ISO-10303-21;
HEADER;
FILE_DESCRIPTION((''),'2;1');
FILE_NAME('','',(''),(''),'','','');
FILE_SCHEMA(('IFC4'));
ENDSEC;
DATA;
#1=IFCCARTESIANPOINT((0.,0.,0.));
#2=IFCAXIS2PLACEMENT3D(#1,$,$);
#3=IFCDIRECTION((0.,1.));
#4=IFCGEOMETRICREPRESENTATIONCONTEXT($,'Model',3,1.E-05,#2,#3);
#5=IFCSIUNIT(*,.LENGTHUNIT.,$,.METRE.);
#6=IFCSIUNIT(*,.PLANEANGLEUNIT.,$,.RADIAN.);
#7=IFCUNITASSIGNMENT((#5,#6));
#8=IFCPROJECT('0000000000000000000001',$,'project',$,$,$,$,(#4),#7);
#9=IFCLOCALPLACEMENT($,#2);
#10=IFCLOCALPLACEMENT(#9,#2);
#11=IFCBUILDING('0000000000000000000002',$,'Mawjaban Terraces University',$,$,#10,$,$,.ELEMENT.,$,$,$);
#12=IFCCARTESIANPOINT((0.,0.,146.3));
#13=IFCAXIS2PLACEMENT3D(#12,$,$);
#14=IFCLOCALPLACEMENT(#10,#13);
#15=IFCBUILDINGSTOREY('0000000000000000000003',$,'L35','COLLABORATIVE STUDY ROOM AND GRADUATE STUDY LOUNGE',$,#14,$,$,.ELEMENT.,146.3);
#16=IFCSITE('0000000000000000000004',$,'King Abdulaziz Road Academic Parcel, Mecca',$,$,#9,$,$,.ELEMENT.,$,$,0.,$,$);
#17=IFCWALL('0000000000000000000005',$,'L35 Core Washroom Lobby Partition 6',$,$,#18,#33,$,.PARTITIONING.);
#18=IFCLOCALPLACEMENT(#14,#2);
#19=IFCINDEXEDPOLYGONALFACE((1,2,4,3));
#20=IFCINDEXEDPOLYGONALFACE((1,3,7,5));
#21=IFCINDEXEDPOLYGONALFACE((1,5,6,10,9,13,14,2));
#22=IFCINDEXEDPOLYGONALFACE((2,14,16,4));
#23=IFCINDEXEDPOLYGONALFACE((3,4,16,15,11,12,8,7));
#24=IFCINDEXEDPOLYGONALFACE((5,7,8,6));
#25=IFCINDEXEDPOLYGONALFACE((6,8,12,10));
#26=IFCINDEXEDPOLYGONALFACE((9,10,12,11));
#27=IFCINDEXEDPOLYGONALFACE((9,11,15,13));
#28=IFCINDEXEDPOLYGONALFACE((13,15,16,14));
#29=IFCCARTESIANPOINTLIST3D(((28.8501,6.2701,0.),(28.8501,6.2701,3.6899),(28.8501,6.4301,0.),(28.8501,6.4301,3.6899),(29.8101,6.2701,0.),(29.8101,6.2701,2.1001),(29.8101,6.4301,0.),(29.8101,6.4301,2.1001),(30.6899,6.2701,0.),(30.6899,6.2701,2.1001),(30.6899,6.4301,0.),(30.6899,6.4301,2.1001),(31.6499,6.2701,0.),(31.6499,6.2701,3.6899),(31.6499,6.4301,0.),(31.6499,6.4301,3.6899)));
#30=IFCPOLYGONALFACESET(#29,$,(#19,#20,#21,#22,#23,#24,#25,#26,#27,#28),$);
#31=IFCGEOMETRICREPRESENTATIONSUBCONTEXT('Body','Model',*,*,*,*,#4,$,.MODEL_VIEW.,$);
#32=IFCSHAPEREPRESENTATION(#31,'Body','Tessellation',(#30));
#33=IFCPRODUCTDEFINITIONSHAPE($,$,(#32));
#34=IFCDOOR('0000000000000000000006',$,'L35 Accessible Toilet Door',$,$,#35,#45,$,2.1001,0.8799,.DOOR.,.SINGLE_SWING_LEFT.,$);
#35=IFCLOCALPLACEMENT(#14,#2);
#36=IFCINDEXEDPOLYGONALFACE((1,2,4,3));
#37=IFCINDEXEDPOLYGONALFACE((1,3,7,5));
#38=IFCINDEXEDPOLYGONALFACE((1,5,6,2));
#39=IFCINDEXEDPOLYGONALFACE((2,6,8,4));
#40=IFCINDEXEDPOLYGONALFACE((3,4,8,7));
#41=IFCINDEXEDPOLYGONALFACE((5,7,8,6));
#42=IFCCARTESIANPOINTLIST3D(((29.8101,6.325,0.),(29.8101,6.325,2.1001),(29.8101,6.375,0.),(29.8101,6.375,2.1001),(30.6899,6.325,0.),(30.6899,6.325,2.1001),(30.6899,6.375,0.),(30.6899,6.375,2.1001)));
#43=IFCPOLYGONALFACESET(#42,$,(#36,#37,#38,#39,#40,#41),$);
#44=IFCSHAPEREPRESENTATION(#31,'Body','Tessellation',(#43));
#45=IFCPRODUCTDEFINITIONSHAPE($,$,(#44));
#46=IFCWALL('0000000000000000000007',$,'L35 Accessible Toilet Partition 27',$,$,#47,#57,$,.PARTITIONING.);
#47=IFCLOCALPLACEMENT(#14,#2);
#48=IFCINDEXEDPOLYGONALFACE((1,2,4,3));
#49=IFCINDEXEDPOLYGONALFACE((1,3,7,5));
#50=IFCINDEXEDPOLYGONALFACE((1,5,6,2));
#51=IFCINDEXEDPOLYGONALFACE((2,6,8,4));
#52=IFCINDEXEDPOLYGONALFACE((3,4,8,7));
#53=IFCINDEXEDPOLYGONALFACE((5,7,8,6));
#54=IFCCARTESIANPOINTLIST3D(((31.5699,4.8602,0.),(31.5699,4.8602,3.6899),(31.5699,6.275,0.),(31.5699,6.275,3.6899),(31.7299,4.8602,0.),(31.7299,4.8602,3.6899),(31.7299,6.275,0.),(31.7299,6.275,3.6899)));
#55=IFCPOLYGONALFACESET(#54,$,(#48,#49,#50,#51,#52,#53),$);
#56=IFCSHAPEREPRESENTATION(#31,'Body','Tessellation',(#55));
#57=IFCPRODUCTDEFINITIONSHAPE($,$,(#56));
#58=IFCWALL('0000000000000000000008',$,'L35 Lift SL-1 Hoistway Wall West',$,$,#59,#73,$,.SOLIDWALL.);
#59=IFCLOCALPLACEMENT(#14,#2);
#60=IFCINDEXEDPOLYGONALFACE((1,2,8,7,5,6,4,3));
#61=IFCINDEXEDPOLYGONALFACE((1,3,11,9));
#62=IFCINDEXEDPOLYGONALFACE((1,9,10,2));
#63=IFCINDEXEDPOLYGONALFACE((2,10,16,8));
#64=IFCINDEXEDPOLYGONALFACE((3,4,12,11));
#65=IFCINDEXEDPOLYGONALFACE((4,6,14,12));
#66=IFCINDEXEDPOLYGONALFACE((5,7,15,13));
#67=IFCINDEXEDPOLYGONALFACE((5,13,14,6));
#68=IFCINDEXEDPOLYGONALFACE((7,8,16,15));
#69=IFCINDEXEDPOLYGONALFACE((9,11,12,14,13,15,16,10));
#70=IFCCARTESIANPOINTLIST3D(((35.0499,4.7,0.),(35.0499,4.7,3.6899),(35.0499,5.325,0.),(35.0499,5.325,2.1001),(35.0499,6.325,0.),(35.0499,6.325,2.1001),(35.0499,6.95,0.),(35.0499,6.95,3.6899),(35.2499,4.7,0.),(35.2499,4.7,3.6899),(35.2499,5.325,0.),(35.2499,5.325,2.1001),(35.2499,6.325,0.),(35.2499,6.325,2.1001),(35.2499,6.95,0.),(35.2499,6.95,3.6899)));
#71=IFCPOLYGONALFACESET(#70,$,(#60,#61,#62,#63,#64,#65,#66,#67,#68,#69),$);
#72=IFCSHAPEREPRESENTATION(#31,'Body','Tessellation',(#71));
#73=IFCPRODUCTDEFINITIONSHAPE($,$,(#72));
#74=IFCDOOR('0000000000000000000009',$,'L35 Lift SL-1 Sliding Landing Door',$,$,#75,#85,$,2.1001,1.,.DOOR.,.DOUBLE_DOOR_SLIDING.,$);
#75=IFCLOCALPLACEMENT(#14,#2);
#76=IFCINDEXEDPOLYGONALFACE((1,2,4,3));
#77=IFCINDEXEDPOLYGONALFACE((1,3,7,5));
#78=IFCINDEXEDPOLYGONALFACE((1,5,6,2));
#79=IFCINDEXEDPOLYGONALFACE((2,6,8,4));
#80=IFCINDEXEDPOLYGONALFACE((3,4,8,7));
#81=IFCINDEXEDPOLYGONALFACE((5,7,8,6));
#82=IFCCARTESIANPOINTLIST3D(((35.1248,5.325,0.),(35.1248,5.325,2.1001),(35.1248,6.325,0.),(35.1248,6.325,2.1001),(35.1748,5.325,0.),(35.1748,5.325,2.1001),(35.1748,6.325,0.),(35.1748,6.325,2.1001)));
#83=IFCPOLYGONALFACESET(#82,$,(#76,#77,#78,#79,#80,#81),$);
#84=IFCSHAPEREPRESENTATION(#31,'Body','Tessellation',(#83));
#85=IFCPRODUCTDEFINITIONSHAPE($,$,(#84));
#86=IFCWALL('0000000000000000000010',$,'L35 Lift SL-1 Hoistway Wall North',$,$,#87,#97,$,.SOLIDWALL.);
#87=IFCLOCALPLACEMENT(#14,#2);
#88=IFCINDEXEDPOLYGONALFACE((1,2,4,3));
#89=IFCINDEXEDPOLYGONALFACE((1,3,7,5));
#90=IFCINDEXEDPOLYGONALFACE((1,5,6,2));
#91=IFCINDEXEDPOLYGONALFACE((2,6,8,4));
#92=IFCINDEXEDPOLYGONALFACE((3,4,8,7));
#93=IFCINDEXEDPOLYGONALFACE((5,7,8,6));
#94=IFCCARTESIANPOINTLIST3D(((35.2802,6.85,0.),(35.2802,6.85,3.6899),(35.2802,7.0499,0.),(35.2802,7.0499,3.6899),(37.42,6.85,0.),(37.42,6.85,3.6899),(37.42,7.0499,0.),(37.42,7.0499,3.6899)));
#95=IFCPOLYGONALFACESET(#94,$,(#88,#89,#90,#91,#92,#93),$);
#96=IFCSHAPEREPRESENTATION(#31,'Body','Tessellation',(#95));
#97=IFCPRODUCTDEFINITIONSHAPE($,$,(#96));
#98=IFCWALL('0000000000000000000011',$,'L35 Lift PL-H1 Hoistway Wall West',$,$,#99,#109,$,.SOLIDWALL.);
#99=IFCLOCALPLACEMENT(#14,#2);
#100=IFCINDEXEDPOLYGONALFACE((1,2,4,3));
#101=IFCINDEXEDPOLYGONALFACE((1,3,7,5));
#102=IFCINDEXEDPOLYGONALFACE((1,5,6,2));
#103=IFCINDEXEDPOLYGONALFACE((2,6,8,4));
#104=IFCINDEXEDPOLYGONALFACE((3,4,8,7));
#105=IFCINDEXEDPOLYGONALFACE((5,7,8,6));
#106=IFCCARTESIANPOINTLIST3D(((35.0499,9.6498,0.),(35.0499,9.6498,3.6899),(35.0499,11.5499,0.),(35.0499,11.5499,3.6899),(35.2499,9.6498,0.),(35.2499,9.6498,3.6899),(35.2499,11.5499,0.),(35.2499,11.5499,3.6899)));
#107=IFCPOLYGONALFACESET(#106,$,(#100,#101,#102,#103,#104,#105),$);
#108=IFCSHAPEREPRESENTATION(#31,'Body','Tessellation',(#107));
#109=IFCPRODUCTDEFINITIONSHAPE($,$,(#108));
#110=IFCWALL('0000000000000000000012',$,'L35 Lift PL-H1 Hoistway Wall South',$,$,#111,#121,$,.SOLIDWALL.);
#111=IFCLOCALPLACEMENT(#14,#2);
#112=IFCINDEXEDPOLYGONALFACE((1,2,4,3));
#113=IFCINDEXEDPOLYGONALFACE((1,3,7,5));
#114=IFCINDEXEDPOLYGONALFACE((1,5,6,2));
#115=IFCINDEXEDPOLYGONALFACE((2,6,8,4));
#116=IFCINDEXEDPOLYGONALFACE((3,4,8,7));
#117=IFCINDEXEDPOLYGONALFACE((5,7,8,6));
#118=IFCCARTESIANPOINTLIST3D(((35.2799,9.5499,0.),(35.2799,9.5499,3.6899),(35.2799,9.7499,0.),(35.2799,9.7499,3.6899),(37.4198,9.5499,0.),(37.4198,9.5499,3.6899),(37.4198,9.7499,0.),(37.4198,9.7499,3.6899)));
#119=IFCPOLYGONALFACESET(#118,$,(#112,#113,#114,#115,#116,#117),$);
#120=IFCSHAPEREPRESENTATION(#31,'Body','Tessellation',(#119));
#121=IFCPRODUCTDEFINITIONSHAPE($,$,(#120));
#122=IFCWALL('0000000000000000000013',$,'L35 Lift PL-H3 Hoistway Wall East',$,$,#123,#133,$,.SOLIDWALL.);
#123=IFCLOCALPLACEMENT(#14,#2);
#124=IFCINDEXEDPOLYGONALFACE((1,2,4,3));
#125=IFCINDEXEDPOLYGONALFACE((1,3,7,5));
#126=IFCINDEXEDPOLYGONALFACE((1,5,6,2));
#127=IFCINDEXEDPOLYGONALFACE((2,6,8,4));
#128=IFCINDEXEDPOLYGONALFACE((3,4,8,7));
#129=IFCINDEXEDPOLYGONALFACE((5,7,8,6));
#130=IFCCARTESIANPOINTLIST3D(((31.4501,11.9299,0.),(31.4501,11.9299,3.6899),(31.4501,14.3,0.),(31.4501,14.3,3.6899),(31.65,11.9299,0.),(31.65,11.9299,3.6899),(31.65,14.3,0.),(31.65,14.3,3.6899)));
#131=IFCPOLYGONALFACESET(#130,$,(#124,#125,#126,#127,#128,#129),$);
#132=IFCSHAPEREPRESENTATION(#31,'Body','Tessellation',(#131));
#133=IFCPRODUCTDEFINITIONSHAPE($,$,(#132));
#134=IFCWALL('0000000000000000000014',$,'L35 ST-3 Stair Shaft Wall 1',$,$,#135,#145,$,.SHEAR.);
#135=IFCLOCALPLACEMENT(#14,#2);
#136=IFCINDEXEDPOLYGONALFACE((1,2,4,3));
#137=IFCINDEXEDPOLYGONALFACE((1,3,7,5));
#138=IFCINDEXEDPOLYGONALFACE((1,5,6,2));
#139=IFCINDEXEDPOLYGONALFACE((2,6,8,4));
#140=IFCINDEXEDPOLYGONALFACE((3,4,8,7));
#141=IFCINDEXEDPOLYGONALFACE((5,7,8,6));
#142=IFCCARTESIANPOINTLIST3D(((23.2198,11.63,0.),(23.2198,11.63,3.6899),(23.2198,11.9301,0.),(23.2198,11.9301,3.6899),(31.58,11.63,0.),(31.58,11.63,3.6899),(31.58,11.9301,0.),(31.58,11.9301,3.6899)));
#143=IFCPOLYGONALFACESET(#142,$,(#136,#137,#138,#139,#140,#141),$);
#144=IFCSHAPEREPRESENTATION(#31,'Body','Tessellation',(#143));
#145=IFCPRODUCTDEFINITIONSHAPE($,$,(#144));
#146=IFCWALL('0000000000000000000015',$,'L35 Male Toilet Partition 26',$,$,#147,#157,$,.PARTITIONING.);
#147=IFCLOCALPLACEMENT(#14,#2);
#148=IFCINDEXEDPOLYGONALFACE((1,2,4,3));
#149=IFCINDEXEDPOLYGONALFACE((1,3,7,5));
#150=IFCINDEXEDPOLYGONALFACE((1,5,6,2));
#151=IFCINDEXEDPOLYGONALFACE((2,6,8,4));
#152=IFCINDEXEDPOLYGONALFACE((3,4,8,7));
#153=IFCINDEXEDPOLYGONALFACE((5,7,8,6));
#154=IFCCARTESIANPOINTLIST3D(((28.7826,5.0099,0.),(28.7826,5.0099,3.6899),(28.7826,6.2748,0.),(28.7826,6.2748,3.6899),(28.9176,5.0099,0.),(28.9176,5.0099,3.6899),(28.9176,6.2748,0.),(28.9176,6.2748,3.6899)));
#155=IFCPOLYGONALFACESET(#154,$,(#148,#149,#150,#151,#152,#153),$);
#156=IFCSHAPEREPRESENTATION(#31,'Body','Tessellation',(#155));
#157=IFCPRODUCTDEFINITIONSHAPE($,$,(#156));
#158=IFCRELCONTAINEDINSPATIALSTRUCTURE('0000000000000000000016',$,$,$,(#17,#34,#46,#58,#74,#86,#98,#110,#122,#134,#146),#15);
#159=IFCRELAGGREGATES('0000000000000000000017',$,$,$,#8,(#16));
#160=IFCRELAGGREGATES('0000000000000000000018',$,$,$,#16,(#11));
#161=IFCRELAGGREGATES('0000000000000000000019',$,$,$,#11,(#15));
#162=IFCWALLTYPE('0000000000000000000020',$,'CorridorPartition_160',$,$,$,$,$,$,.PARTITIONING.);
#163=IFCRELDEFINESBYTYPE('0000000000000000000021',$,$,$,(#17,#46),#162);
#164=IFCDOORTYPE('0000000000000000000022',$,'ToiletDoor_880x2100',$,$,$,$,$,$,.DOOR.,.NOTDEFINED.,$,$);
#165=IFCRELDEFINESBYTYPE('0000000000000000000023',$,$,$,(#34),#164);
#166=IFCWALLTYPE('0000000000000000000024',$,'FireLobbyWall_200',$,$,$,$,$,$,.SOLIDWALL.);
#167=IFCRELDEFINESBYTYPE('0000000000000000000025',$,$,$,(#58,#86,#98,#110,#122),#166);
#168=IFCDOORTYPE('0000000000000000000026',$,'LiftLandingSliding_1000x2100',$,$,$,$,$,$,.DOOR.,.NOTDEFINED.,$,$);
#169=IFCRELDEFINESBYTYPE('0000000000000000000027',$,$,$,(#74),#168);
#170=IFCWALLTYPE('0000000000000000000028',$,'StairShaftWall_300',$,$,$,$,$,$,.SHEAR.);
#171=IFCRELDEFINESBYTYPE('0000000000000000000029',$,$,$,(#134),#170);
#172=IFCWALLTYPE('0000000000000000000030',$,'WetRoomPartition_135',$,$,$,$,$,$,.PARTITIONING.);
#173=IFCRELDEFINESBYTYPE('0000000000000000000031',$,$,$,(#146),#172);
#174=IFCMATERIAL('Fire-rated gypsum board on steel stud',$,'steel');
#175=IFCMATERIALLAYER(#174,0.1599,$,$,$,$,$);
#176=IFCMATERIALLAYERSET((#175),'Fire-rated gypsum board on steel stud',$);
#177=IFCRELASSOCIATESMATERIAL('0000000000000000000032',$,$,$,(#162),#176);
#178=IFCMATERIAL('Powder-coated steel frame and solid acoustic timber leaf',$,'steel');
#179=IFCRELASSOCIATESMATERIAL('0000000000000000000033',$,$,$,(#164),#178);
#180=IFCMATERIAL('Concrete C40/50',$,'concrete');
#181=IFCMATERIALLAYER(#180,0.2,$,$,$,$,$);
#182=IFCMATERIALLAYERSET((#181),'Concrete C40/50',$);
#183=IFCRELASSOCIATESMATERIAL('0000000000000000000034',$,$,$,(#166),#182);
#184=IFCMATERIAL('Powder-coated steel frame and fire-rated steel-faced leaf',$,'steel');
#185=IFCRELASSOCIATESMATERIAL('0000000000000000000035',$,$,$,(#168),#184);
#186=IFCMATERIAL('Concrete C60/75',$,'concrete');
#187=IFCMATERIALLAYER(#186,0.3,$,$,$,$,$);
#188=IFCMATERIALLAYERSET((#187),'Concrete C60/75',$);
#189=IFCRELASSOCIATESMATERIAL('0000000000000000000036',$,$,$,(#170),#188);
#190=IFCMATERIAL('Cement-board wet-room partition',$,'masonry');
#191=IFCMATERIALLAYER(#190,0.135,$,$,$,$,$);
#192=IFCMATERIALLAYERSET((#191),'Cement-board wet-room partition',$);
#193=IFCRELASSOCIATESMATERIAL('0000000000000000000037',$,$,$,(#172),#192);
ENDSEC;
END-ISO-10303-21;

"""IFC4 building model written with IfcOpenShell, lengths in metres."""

from ifc_helpers import new_model, si_unit, direction, frame, frame_2d, origin, place, context, subcontext, project, spatial, rectangle, extrude, material, layer, layer_set, type_object, element, fill, save


model = new_model("IFC4")

# Units and contexts
model_context = context("Model", 3, precision=1e-05, world=origin(), true_north=direction((0.0, 1.0)))
body_context = subcontext(model_context, "Body", "Model", "MODEL_VIEW")
ifc_project = project(units=[si_unit("LENGTHUNIT", "METRE"), si_unit("PLANEANGLEUNIT", "RADIAN")], contexts=[model_context])

# Site, building, storey
site_placement = place(None, origin())
site = spatial("IfcSite", under=ifc_project, at=site_placement, Name="King Abdulaziz Road Academic Parcel, Mecca", CompositionType="ELEMENT", RefElevation=0.0)
building_placement = place(site_placement, origin())
building = spatial("IfcBuilding", under=site, at=building_placement, Name="Mawjaban Terraces University", CompositionType="ELEMENT")
storey_placement = place(building_placement, frame((0.0, 0.0, 146.3)))
storey = spatial("IfcBuildingStorey", under=building, at=storey_placement, Name="L35", Description="COLLABORATIVE STUDY ROOM AND GRADUATE STUDY LOUNGE", CompositionType="ELEMENT", Elevation=146.3)

# Wall, opening, door
ifc_material_1 = material(Name="Fire-rated gypsum board on steel stud", Category="steel")
ifc_layer_1 = layer(ifc_material_1, 0.1599)
ifc_layer_set_1 = layer_set([ifc_layer_1], Name="Fire-rated gypsum board on steel stud")
wall_type_1 = type_object("IfcWallType", Name="CorridorPartition_160", PredefinedType="PARTITIONING", material=ifc_layer_set_1)
wall_1_placement = place(storey_placement, frame((28.8501, 6.3501, 0.0), z_axis=(0.0, 0.0, 1.0), x_axis=(1.0, 0.0, 0.0)))
wall_1 = element("IfcWall", 1, at=wall_1_placement, inside=storey, type_object=wall_type_1, Name="L35 Core Washroom Lobby Partition 6", PredefinedType="PARTITIONING", context=body_context, shape_type="SweptSolid", body=[
    extrude(rectangle(XDim=2.7998, YDim=0.1599, at=frame_2d((1.3999, 0.0))), origin(), (0.0, 0.0, 1.0), 3.6899),
])
opening_1_placement = place(wall_1_placement, frame((0.96, 0.0, 0.0)))
opening_1 = element("IfcOpeningElement", 2, at=opening_1_placement, cuts=wall_1, PredefinedType="OPENING", context=body_context, shape_type="SweptSolid", body=[
    extrude(rectangle(XDim=0.8799, YDim=2.1001, at=frame_2d((0.4399, 1.05))), frame((0.0, 0.0898, 0.0), z_axis=(0.0, -1.0, 0.0), x_axis=(1.0, 0.0, 0.0)), (0.0, 0.0, 1.0), 0.1799),
])
ifc_material_2 = material(Name="Powder-coated steel frame and solid acoustic timber leaf", Category="steel")
door_type_1 = type_object("IfcDoorType", Name="ToiletDoor_880x2100", OperationType="NOTDEFINED", PredefinedType="DOOR", material=ifc_material_2)
door_1_placement = place(opening_1_placement, origin())
door_1 = element("IfcDoor", 3, at=door_1_placement, inside=storey, type_object=door_type_1, Name="L35 Accessible Toilet Door", OperationType="SINGLE_SWING_LEFT", OverallHeight=2.1001, OverallWidth=0.8799, PredefinedType="DOOR", context=body_context, shape_type="SweptSolid", body=[
    extrude(rectangle(XDim=0.8799, YDim=2.1001, at=frame_2d((0.4399, 1.05))), frame((0.0, 0.0249, 0.0), z_axis=(0.0, -1.0, 0.0), x_axis=(1.0, 0.0, 0.0)), (0.0, 0.0, 1.0), 0.05),
])
fill(opening_1, door_1)

# Wall
wall_2_placement = place(storey_placement, frame((31.6499, 4.8601, 0.0), z_axis=(0.0, 0.0, 1.0), x_axis=(0.0, 1.0, 0.0)))
element("IfcWall", 4, at=wall_2_placement, inside=storey, type_object=wall_type_1, Name="L35 Accessible Toilet Partition 27", PredefinedType="PARTITIONING", context=body_context, shape_type="SweptSolid", body=[
    extrude(rectangle(XDim=1.4148, YDim=0.1599, at=frame_2d((0.7075, 0.0))), origin(), (0.0, 0.0, 1.0), 3.6899),
])

# Wall, opening, door
ifc_material_3 = material(Name="Concrete C40/50", Category="concrete")
ifc_layer_2 = layer(ifc_material_3, 0.2)
ifc_layer_set_2 = layer_set([ifc_layer_2], Name="Concrete C40/50")
wall_type_2 = type_object("IfcWallType", Name="FireLobbyWall_200", PredefinedType="SOLIDWALL", material=ifc_layer_set_2)
wall_3_placement = place(storey_placement, frame((35.1499, 6.95, 0.0), z_axis=(0.0, 0.0, 1.0), x_axis=(0.0, -1.0, 0.0)))
wall_3 = element("IfcWall", 5, at=wall_3_placement, inside=storey, type_object=wall_type_2, Name="L35 Lift SL-1 Hoistway Wall West", PredefinedType="SOLIDWALL", context=body_context, shape_type="SweptSolid", body=[
    extrude(rectangle(XDim=2.25, YDim=0.2, at=frame_2d((1.125, 0.0))), origin(), (0.0, 0.0, 1.0), 3.6899),
])
opening_2_placement = place(wall_3_placement, frame((0.625, 0.0, 0.0)))
opening_2 = element("IfcOpeningElement", 6, at=opening_2_placement, cuts=wall_3, PredefinedType="OPENING", context=body_context, shape_type="SweptSolid", body=[
    extrude(rectangle(XDim=1.0, YDim=2.1001, at=frame_2d((0.5, 1.05))), frame((0.0, 0.1099, 0.0), z_axis=(0.0, -1.0, 0.0), x_axis=(1.0, 0.0, 0.0)), (0.0, 0.0, 1.0), 0.22),
])
ifc_material_4 = material(Name="Powder-coated steel frame and fire-rated steel-faced leaf", Category="steel")
door_type_2 = type_object("IfcDoorType", Name="LiftLandingSliding_1000x2100", OperationType="NOTDEFINED", PredefinedType="DOOR", material=ifc_material_4)
door_2_placement = place(opening_2_placement, origin())
door_2 = element("IfcDoor", 7, at=door_2_placement, inside=storey, type_object=door_type_2, Name="L35 Lift SL-1 Sliding Landing Door", OperationType="DOUBLE_DOOR_SLIDING", OverallHeight=2.1001, OverallWidth=1.0, PredefinedType="DOOR", context=body_context, shape_type="SweptSolid", body=[
    extrude(rectangle(XDim=1.0, YDim=2.1001, at=frame_2d((0.5, 1.05))), frame((0.0, 0.0249, 0.0), z_axis=(0.0, -1.0, 0.0), x_axis=(1.0, 0.0, 0.0)), (0.0, 0.0, 1.0), 0.05),
])
fill(opening_2, door_2)

# Walls
wall_4_placement = place(storey_placement, frame((37.4199, 6.95, 0.0), z_axis=(0.0, 0.0, 1.0), x_axis=(-1.0, 0.0, 0.0)))
element("IfcWall", 8, at=wall_4_placement, inside=storey, type_object=wall_type_2, Name="L35 Lift SL-1 Hoistway Wall North", PredefinedType="SOLIDWALL", context=body_context, shape_type="SweptSolid", body=[
    extrude(rectangle(XDim=2.1399, YDim=0.2, at=frame_2d((1.0698, 0.0))), origin(), (0.0, 0.0, 1.0), 3.6899),
])
wall_5_placement = place(storey_placement, frame((35.1499, 11.55, 0.0), z_axis=(0.0, 0.0, 1.0), x_axis=(0.0, -1.0, 0.0)))
element("IfcWall", 9, at=wall_5_placement, inside=storey, type_object=wall_type_2, Name="L35 Lift PL-H1 Hoistway Wall West", PredefinedType="SOLIDWALL", context=body_context, shape_type="SweptSolid", body=[
    extrude(rectangle(XDim=1.9001, YDim=0.2, at=frame_2d((0.9502, 0.0))), origin(), (0.0, 0.0, 1.0), 3.6899),
])
wall_6_placement = place(storey_placement, frame((35.28, 9.6499, 0.0), z_axis=(0.0, 0.0, 1.0), x_axis=(1.0, 0.0, 0.0)))
element("IfcWall", 10, at=wall_6_placement, inside=storey, type_object=wall_type_2, Name="L35 Lift PL-H1 Hoistway Wall South", PredefinedType="SOLIDWALL", context=body_context, shape_type="SweptSolid", body=[
    extrude(rectangle(XDim=2.1399, YDim=0.2, at=frame_2d((1.0698, 0.0))), origin(), (0.0, 0.0, 1.0), 3.6899),
])
wall_7_placement = place(storey_placement, frame((31.55, 11.9299, 0.0), z_axis=(0.0, 0.0, 1.0), x_axis=(0.0, 1.0, 0.0)))
element("IfcWall", 11, at=wall_7_placement, inside=storey, type_object=wall_type_2, Name="L35 Lift PL-H3 Hoistway Wall East", PredefinedType="SOLIDWALL", context=body_context, shape_type="SweptSolid", body=[
    extrude(rectangle(XDim=2.3701, YDim=0.2, at=frame_2d((1.1851, 0.0))), origin(), (0.0, 0.0, 1.0), 3.6899),
])
ifc_material_5 = material(Name="Concrete C60/75", Category="concrete")
ifc_layer_3 = layer(ifc_material_5, 0.3)
ifc_layer_set_3 = layer_set([ifc_layer_3], Name="Concrete C60/75")
wall_type_3 = type_object("IfcWallType", Name="StairShaftWall_300", PredefinedType="SHEAR", material=ifc_layer_set_3)
wall_8_placement = place(storey_placement, frame((31.5801, 11.78, 0.0), z_axis=(0.0, 0.0, 1.0), x_axis=(-1.0, 0.0, 0.0)))
element("IfcWall", 12, at=wall_8_placement, inside=storey, type_object=wall_type_3, Name="L35 ST-3 Stair Shaft Wall 1", PredefinedType="SHEAR", context=body_context, shape_type="SweptSolid", body=[
    extrude(rectangle(XDim=8.3601, YDim=0.3, at=frame_2d((4.1802, 0.0))), origin(), (0.0, 0.0, 1.0), 3.6899),
])

# Wall
ifc_material_6 = material(Name="Cement-board wet-room partition", Category="masonry")
ifc_layer_4 = layer(ifc_material_6, 0.135)
ifc_layer_set_4 = layer_set([ifc_layer_4], Name="Cement-board wet-room partition")
wall_type_4 = type_object("IfcWallType", Name="WetRoomPartition_135", PredefinedType="PARTITIONING", material=ifc_layer_set_4)
wall_9_placement = place(storey_placement, frame((28.8501, 5.01, 0.0), z_axis=(0.0, 0.0, 1.0), x_axis=(0.0, 1.0, 0.0)))
element("IfcWall", 13, at=wall_9_placement, inside=storey, type_object=wall_type_4, Name="L35 Male Toilet Partition 26", PredefinedType="PARTITIONING", context=body_context, shape_type="SweptSolid", body=[
    extrude(rectangle(XDim=1.2649, YDim=0.135, at=frame_2d((0.6323, 0.0))), origin(), (0.0, 0.0, 1.0), 3.6899),
])

save(model, "model.ifc")
